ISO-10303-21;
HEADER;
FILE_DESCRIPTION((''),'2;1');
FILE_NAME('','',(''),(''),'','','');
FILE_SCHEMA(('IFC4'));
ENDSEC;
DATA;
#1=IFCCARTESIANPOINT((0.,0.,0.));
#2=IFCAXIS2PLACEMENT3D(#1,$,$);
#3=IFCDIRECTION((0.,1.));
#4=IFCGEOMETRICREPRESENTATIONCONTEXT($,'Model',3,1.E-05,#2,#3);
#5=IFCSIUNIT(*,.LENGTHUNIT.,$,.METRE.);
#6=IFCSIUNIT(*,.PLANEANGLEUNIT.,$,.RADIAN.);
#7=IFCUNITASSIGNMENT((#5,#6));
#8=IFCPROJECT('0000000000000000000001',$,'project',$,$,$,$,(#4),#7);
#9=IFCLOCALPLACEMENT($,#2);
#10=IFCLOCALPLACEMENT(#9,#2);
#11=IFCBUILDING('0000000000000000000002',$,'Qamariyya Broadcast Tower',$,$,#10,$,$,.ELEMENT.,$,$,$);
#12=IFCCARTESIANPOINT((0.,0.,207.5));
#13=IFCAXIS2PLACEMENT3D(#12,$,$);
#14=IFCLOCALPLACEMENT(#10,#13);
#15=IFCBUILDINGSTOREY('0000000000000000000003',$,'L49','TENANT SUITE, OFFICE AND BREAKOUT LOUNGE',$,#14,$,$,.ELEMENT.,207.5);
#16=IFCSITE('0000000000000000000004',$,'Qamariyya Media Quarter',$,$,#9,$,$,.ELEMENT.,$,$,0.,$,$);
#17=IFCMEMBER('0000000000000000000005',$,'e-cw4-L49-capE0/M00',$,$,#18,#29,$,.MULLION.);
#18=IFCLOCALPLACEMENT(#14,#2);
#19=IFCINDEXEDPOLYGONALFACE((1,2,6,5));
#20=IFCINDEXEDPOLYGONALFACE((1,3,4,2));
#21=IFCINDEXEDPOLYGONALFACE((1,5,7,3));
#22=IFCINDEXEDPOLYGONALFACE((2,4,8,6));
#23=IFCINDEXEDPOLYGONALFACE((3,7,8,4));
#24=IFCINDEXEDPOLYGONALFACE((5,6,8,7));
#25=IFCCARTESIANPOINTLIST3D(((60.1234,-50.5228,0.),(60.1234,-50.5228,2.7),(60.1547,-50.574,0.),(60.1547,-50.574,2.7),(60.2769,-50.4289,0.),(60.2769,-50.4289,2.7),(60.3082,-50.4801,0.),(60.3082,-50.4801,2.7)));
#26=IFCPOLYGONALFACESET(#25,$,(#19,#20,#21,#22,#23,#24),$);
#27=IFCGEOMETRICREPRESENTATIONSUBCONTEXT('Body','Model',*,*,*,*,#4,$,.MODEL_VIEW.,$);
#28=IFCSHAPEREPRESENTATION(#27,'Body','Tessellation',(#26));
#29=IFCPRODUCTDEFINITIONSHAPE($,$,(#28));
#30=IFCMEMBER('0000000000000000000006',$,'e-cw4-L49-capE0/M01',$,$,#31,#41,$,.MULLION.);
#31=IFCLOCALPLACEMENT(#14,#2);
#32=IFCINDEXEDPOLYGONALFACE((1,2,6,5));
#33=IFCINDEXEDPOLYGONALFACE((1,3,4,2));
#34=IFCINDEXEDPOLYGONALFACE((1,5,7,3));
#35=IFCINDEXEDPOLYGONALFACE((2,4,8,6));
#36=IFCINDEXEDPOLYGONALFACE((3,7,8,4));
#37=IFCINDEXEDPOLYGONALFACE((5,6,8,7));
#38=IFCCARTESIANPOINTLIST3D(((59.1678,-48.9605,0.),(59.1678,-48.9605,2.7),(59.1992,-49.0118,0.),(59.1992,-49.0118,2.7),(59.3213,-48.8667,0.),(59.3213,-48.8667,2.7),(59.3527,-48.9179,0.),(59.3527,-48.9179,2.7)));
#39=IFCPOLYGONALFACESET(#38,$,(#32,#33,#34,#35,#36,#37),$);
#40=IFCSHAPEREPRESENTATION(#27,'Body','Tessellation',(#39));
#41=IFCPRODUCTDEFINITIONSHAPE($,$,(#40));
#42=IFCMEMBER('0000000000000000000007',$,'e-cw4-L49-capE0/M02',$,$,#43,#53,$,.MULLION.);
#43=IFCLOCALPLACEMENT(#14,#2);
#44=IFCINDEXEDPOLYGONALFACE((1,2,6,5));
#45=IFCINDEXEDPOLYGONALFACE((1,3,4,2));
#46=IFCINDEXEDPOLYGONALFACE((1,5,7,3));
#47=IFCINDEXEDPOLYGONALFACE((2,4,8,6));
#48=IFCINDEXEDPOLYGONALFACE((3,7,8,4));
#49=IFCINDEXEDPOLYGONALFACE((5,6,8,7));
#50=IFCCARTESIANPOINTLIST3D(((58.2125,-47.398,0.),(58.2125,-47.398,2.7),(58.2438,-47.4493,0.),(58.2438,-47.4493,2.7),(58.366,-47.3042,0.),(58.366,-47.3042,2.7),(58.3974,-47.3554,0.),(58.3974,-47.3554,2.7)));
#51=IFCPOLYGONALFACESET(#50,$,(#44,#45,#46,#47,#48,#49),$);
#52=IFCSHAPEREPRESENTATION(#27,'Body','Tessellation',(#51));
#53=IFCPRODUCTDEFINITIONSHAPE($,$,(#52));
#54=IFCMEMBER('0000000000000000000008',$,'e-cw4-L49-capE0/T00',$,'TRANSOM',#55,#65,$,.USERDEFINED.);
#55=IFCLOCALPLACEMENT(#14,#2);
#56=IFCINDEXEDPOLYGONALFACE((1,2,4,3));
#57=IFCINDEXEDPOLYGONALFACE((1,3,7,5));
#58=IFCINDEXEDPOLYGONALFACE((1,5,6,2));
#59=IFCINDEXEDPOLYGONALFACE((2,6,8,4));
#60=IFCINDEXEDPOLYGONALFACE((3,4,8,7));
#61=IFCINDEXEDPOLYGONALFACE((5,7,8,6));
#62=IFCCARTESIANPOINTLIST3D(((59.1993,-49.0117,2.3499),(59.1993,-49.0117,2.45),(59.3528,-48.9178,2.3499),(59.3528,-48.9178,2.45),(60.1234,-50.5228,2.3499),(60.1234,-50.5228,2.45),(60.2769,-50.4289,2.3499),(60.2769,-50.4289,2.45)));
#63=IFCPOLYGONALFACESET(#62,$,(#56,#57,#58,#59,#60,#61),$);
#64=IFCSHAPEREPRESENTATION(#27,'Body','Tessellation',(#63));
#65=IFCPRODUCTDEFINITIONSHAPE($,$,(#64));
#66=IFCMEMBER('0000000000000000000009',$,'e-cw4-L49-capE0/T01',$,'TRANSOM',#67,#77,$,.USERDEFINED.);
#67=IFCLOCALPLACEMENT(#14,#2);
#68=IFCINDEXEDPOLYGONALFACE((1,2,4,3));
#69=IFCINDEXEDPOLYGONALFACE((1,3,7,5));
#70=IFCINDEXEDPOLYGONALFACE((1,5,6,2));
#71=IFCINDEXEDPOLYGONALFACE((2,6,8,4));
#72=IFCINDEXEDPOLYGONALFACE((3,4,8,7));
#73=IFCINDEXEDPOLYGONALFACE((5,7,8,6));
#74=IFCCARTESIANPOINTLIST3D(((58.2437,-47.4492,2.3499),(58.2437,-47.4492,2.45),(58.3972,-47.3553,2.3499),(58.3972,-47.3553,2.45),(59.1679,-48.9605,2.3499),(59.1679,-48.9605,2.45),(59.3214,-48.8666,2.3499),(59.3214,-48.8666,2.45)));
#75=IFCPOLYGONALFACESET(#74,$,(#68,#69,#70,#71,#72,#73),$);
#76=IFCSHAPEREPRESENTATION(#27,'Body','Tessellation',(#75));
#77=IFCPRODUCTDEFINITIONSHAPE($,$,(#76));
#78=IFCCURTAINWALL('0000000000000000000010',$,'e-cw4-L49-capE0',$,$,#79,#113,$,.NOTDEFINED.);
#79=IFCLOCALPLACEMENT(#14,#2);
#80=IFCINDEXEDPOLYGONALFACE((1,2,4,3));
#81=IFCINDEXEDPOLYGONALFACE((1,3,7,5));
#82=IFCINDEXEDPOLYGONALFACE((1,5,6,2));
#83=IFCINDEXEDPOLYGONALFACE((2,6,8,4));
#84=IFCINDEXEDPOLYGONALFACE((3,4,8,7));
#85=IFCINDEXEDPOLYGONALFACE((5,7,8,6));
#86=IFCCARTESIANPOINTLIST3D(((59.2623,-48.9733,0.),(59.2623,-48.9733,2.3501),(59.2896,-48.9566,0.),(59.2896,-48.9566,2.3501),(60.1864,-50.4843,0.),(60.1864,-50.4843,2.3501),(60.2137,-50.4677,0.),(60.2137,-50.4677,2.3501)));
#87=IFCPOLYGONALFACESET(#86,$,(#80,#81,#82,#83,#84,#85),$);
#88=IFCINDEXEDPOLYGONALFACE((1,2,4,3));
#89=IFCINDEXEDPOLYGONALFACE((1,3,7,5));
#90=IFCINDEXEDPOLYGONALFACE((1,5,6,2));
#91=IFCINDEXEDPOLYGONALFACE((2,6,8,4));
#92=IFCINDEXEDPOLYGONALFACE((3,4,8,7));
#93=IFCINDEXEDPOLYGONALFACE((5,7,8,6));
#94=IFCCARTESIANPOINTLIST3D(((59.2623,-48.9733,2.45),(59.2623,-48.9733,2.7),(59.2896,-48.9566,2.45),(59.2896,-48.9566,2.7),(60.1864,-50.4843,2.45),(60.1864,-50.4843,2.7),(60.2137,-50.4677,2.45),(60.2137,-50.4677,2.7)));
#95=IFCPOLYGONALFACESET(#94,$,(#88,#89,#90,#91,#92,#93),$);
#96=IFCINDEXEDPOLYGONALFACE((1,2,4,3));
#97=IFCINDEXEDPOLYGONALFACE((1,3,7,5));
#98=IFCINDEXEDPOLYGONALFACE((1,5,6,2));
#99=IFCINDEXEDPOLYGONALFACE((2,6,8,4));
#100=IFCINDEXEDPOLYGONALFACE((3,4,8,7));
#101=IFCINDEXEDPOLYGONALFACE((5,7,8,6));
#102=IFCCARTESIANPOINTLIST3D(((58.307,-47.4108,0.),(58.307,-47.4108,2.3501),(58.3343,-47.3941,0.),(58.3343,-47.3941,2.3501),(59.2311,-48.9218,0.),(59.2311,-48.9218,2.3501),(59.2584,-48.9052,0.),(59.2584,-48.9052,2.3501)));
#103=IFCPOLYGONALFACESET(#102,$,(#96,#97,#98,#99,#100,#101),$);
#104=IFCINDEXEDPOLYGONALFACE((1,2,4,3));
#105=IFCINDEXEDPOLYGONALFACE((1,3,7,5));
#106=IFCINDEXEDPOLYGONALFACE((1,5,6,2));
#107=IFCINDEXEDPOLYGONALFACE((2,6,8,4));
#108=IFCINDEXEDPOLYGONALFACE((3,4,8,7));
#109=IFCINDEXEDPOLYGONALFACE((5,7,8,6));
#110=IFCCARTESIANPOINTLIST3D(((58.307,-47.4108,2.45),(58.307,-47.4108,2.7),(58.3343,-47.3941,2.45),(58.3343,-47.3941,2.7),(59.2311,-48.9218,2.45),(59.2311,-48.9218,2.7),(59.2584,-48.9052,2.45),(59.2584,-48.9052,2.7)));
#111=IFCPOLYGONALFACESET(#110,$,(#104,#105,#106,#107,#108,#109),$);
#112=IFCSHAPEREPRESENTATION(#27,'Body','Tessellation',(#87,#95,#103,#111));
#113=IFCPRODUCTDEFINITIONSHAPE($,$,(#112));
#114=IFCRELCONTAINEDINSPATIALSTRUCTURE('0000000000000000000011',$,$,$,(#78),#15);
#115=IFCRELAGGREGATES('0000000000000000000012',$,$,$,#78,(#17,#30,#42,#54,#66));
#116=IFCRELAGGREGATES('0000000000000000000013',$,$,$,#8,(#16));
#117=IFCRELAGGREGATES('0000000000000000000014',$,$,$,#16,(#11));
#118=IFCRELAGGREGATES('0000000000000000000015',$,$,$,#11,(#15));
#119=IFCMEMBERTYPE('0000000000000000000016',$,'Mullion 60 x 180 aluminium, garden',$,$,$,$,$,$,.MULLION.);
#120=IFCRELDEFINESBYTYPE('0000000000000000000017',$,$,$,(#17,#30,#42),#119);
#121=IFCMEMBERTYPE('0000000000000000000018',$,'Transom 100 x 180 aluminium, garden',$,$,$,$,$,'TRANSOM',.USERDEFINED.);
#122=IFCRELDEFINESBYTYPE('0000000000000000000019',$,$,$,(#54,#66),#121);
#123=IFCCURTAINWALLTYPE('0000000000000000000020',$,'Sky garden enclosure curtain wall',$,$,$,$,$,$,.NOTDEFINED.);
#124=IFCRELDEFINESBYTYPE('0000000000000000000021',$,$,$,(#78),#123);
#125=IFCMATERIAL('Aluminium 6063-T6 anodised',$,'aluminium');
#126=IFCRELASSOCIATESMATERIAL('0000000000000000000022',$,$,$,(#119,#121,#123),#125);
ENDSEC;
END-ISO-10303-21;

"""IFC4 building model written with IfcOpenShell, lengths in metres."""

from ifc_helpers import new_model, si_unit, direction, frame, origin, origin_2d, place, context, subcontext, project, spatial, rectangle, extrude, material, material_profile, profile_set, type_object, element, aggregate, save


model = new_model("IFC4")

# Units and contexts
model_context = context("Model", 3, precision=1e-05, world=origin(), true_north=direction((0.0, 1.0)))
body_context = subcontext(model_context, "Body", "Model", "MODEL_VIEW")
ifc_project = project(units=[si_unit("LENGTHUNIT", "METRE"), si_unit("PLANEANGLEUNIT", "RADIAN")], contexts=[model_context])

# Members
ifc_material = material(Name="Aluminium 6063-T6 anodised", Category="aluminium")
ifc_material_profile_1 = material_profile(ifc_material, rectangle(XDim=0.1799, YDim=0.0601, at=origin_2d()))
ifc_profile_set_1 = profile_set([ifc_material_profile_1], Name="Aluminium 6063-T6 anodised")
member_type_1 = type_object("IfcMemberType", Name="Mullion 60 x 180 aluminium, garden", PredefinedType="MULLION", material=ifc_profile_set_1)
site_placement = place(None, origin())
building_placement = place(site_placement, origin())
storey_placement = place(building_placement, frame((0.0, 0.0, 207.5)))
member_1_placement = place(storey_placement, frame((60.2158, -50.5015, 0.0), z_axis=(0.0, 0.0, 1.0), x_axis=(-0.853121, -0.521713, 0.0)))
member_1 = element("IfcMember", 1, at=member_1_placement, type_object=member_type_1, Name="e-cw4-L49-capE0/M00", PredefinedType="MULLION", context=body_context, shape_type="SweptSolid", body=[
    extrude(rectangle(XDim=0.1799, YDim=0.0601, at=origin_2d()), origin(), (0.0, 0.0, 1.0), 2.7),
])
member_2_placement = place(storey_placement, frame((59.2603, -48.9392, 0.0), z_axis=(0.0, 0.0, 1.0), x_axis=(-0.853121, -0.521713, 0.0)))
member_2 = element("IfcMember", 2, at=member_2_placement, type_object=member_type_1, Name="e-cw4-L49-capE0/M01", PredefinedType="MULLION", context=body_context, shape_type="SweptSolid", body=[
    extrude(rectangle(XDim=0.1799, YDim=0.0601, at=origin_2d()), origin(), (0.0, 0.0, 1.0), 2.7),
])
member_3_placement = place(storey_placement, frame((58.3049, -47.3767, 0.0), z_axis=(0.0, 0.0, 1.0), x_axis=(-0.853121, -0.521713, 0.0)))
member_3 = element("IfcMember", 3, at=member_3_placement, type_object=member_type_1, Name="e-cw4-L49-capE0/M02", PredefinedType="MULLION", context=body_context, shape_type="SweptSolid", body=[
    extrude(rectangle(XDim=0.1799, YDim=0.0601, at=origin_2d()), origin(), (0.0, 0.0, 1.0), 2.7),
])
ifc_material_profile_2 = material_profile(ifc_material, rectangle(XDim=0.1799, YDim=0.1001, at=origin_2d()))
ifc_profile_set_2 = profile_set([ifc_material_profile_2], Name="Aluminium 6063-T6 anodised")
member_type_2 = type_object("IfcMemberType", Name="Transom 100 x 180 aluminium, garden", ElementType="TRANSOM", PredefinedType="USERDEFINED", material=ifc_profile_set_2)
member_4_placement = place(storey_placement, frame((60.2002, -50.4758, 2.3999), z_axis=(-0.521734, 0.853108, 0.0), x_axis=(-0.853108, -0.521734, 0.0)))
member_4 = element("IfcMember", 4, at=member_4_placement, type_object=member_type_2, Name="e-cw4-L49-capE0/T00", ObjectType="TRANSOM", PredefinedType="USERDEFINED", context=body_context, shape_type="SweptSolid", body=[
    extrude(rectangle(XDim=0.1799, YDim=0.1001, at=origin_2d()), origin(), (0.0, 0.0, 1.0), 1.7712),
])
member_5_placement = place(storey_placement, frame((59.2446, -48.9136, 2.3999), z_axis=(-0.521673, 0.853146, 0.0), x_axis=(-0.853146, -0.521673, 0.0)))
member_5 = element("IfcMember", 5, at=member_5_placement, type_object=member_type_2, Name="e-cw4-L49-capE0/T01", ObjectType="TRANSOM", PredefinedType="USERDEFINED", context=body_context, shape_type="SweptSolid", body=[
    extrude(rectangle(XDim=0.1799, YDim=0.1001, at=origin_2d()), origin(), (0.0, 0.0, 1.0), 1.7715),
])

# Site, building, storey
site = spatial("IfcSite", under=ifc_project, at=site_placement, Name="Qamariyya Media Quarter", CompositionType="ELEMENT", RefElevation=0.0)
building = spatial("IfcBuilding", under=site, at=building_placement, Name="Qamariyya Broadcast Tower", CompositionType="ELEMENT")
storey = spatial("IfcBuildingStorey", under=building, at=storey_placement, Name="L49", Description="TENANT SUITE, OFFICE AND BREAKOUT LOUNGE", CompositionType="ELEMENT", Elevation=207.5)

# Curtain wall
curtain_wall_type_1 = type_object("IfcCurtainWallType", Name="Sky garden enclosure curtain wall", PredefinedType="NOTDEFINED", material=ifc_material)
curtain_wall_1_placement = place(storey_placement, origin())
curtain_wall_1 = element("IfcCurtainWall", 6, at=curtain_wall_1_placement, inside=storey, type_object=curtain_wall_type_1, Name="e-cw4-L49-capE0", PredefinedType="NOTDEFINED", context=body_context, shape_type="SweptSolid", body=[
    extrude(rectangle(XDim=1.7712, YDim=0.032, at=origin_2d()), frame((59.738, -49.7205, 0.0), x_axis=(-0.521721, 0.853116, 0.0)), (0.0, 0.0, 1.0), 2.3501),
    extrude(rectangle(XDim=1.7712, YDim=0.032, at=origin_2d()), frame((59.738, -49.7205, 2.45), x_axis=(-0.521721, 0.853116, 0.0)), (0.0, 0.0, 1.0), 0.25),
    extrude(rectangle(XDim=1.7712, YDim=0.032, at=origin_2d()), frame((58.7827, -48.158, 0.0), x_axis=(-0.521721, 0.853116, 0.0)), (0.0, 0.0, 1.0), 2.3501),
    extrude(rectangle(XDim=1.7712, YDim=0.032, at=origin_2d()), frame((58.7827, -48.158, 2.45), x_axis=(-0.521721, 0.853116, 0.0)), (0.0, 0.0, 1.0), 0.25),
])
aggregate(curtain_wall_1, [member_1, member_2, member_3, member_4, member_5])

save(model, "model.ifc")
